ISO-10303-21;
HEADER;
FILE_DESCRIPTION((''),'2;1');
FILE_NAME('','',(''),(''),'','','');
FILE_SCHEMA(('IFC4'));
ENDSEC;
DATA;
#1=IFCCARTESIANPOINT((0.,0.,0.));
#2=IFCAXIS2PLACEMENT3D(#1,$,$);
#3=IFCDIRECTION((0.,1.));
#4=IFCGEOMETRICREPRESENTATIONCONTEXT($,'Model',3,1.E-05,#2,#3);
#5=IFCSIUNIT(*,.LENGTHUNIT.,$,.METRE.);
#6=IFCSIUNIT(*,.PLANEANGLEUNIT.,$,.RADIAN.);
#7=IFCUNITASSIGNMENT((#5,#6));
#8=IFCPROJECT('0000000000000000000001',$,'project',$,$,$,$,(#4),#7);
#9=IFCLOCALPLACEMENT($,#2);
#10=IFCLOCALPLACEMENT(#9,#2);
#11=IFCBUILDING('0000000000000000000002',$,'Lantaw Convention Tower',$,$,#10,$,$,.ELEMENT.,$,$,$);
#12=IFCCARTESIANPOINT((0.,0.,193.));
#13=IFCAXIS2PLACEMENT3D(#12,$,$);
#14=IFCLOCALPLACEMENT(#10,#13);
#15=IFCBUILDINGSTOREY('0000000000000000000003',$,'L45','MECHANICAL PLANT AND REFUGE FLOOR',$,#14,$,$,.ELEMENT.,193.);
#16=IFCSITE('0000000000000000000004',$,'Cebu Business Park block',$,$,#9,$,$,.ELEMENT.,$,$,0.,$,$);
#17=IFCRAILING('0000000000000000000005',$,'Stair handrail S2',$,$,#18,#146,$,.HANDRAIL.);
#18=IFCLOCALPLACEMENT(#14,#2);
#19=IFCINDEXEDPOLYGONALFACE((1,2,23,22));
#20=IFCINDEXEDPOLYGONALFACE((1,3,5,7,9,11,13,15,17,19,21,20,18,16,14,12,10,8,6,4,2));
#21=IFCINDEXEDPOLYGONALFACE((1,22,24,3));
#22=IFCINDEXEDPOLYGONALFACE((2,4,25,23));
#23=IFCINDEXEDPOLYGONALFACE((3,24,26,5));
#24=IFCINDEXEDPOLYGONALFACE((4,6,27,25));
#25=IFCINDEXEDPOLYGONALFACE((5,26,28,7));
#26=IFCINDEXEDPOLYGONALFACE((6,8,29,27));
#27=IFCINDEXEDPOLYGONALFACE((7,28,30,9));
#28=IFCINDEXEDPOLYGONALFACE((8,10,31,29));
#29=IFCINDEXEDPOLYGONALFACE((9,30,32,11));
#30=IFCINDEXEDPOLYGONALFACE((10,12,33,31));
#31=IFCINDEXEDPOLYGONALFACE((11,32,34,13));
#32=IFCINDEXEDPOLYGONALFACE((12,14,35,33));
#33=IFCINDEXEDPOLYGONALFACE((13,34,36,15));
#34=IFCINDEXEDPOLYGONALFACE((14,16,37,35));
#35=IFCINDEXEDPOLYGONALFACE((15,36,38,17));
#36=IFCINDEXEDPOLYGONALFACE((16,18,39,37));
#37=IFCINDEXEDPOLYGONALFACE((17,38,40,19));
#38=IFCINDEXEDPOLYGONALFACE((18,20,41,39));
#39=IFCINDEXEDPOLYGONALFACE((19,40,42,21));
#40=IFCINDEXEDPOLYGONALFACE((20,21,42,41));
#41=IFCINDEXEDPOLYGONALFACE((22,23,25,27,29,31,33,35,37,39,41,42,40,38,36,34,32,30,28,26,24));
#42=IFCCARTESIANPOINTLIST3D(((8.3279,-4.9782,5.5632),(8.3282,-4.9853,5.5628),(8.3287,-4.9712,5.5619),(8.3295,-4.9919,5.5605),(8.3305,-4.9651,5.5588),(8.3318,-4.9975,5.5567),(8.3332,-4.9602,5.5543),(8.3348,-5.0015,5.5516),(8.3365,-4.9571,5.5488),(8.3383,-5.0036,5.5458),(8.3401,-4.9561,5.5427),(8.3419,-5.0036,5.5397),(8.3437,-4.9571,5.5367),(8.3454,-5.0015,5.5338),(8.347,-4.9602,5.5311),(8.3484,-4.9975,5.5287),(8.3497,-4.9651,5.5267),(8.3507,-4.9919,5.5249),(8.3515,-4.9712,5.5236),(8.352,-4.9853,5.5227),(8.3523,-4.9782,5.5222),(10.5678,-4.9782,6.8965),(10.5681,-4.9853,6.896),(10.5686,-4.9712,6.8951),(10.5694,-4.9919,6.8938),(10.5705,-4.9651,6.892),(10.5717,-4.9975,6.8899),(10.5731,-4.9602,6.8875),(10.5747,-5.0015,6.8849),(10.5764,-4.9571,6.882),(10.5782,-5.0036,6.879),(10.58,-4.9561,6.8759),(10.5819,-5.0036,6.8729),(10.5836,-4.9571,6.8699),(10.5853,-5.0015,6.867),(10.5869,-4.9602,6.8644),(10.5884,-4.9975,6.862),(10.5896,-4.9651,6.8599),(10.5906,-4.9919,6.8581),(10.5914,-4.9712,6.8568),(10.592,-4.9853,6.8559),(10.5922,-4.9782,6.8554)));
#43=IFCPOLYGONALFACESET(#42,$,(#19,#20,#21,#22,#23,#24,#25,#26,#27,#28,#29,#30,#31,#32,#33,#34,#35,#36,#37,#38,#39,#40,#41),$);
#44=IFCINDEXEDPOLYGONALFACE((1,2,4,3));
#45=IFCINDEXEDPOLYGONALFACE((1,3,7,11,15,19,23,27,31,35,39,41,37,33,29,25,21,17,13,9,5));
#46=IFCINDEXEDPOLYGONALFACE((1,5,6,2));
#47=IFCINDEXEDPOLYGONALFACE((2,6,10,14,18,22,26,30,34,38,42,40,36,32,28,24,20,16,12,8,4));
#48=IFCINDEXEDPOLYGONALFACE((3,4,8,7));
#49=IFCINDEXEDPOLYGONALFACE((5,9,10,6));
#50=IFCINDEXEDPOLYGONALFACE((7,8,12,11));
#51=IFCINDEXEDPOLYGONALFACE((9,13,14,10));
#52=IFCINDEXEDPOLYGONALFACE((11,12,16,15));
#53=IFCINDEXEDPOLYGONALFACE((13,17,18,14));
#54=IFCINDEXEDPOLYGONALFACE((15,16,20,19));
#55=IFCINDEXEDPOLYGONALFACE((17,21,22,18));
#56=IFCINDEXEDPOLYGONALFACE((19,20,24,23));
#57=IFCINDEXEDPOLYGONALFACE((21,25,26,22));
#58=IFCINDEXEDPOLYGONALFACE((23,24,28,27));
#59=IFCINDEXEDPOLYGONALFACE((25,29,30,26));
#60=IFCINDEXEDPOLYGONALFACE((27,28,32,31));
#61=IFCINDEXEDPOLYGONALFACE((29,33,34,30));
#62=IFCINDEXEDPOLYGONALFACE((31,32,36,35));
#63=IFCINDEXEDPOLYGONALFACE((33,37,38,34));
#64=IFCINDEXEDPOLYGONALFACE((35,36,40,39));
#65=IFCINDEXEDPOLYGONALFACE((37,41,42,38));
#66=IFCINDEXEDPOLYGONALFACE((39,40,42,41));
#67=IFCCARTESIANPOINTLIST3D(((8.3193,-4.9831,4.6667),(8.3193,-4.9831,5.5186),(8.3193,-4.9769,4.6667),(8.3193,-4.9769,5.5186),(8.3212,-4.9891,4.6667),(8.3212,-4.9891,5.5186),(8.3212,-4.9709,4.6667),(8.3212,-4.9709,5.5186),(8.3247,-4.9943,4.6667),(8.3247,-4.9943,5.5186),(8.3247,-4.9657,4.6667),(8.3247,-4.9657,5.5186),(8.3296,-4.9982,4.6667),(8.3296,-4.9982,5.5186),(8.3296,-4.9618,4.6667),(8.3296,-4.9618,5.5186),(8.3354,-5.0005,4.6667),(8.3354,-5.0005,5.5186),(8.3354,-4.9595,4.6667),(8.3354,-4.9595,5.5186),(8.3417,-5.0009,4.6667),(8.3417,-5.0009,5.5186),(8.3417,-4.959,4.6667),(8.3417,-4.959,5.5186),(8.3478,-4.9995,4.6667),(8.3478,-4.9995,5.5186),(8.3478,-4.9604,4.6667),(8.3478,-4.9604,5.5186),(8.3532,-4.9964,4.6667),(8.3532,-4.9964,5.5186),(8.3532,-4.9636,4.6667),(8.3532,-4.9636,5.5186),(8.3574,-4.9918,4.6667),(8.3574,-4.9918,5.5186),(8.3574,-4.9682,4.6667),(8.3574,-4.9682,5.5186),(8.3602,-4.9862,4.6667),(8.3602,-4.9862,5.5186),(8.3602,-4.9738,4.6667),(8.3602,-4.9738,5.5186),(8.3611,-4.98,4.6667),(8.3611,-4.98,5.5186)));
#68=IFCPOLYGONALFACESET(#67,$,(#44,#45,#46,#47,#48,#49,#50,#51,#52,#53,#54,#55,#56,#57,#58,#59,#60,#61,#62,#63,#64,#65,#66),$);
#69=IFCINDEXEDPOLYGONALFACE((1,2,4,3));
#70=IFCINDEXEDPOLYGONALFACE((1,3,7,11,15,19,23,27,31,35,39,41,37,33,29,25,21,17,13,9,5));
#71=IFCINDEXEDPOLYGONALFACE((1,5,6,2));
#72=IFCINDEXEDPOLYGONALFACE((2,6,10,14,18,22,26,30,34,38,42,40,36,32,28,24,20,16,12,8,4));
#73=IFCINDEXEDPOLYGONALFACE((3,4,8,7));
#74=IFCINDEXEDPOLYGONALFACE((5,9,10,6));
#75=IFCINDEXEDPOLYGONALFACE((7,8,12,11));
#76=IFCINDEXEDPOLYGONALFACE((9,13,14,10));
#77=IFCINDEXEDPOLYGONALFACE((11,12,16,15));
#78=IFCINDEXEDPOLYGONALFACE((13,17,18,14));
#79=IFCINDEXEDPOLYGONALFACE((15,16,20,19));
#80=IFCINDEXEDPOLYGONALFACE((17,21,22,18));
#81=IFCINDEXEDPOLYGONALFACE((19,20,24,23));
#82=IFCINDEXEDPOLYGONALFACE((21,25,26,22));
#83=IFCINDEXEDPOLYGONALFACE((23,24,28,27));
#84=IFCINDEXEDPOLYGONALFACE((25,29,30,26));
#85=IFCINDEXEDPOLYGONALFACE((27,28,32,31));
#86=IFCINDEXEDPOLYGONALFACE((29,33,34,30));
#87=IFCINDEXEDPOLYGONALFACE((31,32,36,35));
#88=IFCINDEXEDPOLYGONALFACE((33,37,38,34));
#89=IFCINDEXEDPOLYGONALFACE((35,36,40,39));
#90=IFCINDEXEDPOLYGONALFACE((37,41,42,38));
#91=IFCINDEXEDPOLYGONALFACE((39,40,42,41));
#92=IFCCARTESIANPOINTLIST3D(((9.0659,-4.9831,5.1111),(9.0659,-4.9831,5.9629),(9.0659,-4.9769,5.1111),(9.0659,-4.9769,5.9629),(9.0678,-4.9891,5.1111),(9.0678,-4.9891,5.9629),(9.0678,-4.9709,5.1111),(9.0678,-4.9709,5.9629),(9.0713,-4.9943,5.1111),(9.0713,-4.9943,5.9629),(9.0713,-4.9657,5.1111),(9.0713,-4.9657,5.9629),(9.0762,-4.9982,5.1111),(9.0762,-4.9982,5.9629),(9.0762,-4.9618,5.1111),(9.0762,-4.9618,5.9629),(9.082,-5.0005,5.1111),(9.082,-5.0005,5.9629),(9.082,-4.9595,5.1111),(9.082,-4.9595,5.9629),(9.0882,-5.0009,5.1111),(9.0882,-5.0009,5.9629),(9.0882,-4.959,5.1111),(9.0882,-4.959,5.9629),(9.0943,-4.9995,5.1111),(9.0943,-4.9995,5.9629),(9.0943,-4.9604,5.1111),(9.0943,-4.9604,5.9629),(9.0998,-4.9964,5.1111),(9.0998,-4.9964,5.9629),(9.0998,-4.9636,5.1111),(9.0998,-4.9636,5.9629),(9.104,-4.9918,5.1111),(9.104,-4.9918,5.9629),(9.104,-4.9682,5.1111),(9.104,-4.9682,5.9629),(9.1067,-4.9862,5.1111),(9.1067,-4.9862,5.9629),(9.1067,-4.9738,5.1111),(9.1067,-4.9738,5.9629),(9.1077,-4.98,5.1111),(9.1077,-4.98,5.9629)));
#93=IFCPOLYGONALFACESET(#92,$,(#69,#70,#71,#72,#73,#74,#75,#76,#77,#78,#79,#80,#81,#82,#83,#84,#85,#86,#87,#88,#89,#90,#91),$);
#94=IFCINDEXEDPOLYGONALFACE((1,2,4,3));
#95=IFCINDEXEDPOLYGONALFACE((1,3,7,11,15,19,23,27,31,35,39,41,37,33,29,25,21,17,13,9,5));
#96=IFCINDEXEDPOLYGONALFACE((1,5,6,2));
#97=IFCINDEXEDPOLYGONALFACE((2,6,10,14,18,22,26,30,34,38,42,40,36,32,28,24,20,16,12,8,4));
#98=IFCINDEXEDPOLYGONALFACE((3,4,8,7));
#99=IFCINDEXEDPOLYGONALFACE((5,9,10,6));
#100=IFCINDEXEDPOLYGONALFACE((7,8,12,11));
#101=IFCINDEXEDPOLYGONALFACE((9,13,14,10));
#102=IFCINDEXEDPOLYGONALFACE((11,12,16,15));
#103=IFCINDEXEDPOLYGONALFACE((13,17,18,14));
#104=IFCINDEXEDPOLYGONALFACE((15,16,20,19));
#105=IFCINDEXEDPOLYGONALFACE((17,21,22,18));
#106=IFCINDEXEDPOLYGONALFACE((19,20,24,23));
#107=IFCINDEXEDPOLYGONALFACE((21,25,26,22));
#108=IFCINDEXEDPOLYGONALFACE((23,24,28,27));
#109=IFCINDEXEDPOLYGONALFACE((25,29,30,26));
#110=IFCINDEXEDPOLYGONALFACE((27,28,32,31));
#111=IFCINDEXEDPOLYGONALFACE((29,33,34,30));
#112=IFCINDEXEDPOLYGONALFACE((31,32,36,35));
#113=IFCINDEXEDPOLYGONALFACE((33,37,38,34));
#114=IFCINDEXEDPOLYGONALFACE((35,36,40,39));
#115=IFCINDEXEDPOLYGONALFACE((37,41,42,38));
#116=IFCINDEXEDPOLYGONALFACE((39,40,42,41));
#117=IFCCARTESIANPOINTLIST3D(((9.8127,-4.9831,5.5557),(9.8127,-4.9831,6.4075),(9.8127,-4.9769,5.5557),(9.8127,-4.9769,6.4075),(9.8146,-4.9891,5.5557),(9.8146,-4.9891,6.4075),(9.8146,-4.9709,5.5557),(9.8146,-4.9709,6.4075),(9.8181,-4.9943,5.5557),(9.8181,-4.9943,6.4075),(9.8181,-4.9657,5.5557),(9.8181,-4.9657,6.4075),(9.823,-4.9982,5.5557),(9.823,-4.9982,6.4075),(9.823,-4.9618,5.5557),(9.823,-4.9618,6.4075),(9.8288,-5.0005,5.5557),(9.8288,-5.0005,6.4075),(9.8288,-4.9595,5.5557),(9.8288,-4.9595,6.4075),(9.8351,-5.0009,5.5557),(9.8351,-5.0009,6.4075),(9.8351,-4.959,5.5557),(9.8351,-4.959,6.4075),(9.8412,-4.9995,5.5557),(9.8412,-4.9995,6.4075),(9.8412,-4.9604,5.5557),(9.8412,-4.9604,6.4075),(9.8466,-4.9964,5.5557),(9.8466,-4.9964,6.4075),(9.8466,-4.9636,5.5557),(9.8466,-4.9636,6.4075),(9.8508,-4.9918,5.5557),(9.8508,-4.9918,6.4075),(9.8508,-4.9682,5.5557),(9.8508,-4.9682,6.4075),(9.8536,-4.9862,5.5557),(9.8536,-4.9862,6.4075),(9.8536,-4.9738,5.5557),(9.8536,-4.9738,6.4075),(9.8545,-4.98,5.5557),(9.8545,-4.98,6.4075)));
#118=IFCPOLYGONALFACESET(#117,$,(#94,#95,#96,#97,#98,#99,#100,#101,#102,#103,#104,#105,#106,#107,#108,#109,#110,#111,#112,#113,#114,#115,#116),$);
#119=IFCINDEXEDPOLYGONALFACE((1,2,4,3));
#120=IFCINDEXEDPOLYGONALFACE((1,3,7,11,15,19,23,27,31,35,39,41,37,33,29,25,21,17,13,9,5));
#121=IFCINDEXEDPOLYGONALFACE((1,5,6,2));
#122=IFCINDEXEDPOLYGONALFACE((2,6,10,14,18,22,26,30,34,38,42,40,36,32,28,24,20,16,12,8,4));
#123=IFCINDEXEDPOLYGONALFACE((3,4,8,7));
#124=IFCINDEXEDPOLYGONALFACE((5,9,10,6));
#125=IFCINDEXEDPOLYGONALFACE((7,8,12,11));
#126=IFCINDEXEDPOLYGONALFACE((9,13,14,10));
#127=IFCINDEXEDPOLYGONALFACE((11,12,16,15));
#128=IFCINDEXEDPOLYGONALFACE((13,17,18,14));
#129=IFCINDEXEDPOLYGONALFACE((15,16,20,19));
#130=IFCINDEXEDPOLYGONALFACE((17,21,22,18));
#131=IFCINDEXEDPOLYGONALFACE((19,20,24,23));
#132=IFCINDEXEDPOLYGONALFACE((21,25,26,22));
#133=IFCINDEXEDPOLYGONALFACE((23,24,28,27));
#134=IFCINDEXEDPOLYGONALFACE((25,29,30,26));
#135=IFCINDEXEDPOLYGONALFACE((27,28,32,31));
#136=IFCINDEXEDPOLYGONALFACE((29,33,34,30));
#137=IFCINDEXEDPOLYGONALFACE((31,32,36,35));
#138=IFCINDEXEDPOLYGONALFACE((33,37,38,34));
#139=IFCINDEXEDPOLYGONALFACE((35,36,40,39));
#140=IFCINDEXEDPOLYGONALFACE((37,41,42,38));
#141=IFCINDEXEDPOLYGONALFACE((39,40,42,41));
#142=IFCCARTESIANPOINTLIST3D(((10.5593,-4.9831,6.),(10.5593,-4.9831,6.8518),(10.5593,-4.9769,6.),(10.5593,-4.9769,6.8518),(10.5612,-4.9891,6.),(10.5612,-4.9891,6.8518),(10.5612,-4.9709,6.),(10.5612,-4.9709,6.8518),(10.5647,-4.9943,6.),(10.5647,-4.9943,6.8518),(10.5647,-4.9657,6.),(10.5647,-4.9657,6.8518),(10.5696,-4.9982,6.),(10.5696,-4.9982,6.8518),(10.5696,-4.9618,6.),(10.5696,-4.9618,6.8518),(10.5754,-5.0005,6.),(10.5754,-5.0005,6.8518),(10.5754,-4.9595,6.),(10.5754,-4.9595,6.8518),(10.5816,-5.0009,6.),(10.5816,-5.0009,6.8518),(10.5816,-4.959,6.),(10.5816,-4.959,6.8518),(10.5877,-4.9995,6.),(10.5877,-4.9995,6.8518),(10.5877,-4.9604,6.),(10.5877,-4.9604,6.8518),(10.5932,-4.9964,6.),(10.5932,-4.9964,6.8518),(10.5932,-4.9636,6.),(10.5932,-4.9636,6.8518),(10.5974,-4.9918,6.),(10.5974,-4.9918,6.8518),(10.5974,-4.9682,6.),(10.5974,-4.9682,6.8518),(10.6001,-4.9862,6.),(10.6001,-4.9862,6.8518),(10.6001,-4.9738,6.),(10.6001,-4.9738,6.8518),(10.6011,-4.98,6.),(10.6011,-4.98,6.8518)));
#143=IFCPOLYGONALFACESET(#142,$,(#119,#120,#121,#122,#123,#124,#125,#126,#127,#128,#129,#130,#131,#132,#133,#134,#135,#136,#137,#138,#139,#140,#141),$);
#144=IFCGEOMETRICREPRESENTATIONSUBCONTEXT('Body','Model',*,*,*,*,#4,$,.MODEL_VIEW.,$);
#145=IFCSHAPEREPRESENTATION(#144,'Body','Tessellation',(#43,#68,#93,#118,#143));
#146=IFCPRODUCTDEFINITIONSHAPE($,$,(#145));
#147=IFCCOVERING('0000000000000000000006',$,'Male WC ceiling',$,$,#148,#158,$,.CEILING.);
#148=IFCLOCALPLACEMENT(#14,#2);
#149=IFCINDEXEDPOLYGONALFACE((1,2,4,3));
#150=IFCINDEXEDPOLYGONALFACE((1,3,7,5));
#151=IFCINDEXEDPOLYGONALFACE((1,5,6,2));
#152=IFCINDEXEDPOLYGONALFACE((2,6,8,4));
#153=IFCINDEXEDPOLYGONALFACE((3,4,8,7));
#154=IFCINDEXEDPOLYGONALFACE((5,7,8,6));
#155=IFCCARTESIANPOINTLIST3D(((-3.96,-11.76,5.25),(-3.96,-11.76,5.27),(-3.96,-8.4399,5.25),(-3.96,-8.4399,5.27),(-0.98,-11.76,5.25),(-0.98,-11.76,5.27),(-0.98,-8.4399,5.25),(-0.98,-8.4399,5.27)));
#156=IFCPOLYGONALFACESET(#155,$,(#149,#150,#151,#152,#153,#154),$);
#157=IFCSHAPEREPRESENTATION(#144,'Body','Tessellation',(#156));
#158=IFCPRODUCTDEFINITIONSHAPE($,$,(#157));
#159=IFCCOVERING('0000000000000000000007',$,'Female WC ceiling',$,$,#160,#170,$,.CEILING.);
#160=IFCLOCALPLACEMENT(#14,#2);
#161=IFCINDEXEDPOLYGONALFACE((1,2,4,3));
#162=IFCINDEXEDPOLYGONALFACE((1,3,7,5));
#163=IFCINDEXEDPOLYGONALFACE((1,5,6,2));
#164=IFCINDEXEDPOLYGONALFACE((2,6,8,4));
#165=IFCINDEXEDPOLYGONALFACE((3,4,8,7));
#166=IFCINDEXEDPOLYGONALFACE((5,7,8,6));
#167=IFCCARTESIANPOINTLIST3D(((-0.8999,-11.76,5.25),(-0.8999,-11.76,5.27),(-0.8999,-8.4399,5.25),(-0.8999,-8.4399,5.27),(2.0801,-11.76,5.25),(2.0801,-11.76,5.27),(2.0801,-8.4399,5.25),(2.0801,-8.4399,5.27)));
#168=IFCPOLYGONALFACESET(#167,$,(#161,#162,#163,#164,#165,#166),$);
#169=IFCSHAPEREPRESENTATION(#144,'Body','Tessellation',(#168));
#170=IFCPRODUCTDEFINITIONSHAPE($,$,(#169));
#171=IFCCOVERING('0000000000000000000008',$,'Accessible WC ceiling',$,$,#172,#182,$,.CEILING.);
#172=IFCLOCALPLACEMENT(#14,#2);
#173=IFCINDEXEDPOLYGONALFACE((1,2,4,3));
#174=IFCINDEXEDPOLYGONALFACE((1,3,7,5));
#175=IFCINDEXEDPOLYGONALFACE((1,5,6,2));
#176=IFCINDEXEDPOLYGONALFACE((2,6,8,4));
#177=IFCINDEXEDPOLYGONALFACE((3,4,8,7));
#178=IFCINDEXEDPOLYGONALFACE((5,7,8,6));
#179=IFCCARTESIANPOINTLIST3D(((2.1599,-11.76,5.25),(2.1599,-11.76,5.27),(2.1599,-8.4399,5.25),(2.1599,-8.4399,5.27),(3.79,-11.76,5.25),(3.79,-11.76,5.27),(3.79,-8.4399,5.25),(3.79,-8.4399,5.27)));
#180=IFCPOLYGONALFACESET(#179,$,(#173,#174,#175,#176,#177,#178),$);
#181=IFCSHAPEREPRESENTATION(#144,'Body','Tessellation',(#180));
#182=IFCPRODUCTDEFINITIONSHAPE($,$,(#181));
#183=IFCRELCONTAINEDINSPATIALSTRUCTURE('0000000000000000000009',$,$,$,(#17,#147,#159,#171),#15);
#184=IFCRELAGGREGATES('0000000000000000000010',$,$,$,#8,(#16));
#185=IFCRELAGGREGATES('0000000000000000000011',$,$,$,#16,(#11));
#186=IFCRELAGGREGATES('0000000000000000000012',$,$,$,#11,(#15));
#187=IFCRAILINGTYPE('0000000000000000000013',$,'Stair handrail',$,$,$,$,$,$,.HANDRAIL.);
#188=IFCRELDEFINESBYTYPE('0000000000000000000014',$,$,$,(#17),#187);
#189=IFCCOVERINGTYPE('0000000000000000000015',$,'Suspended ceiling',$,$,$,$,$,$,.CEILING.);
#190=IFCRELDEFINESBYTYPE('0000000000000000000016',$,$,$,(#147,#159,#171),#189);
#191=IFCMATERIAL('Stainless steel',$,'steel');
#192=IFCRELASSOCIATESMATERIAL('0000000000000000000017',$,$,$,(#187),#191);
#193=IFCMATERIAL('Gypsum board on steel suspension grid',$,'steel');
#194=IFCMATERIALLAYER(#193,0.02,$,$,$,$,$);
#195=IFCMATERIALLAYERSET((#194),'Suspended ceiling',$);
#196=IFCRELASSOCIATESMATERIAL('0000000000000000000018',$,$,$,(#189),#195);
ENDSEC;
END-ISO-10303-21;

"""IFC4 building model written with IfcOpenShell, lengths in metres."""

from ifc_helpers import new_model, si_unit, direction, frame, origin, origin_2d, place, context, subcontext, project, spatial, polyline, circle, outline, extrude, material, layer, layer_set, type_object, element, save


model = new_model("IFC4")

# Units and contexts
model_context = context("Model", 3, precision=1e-05, world=origin(), true_north=direction((0.0, 1.0)))
body_context = subcontext(model_context, "Body", "Model", "MODEL_VIEW")
ifc_project = project(units=[si_unit("LENGTHUNIT", "METRE"), si_unit("PLANEANGLEUNIT", "RADIAN")], contexts=[model_context])

# Site, building, storey
site_placement = place(None, origin())
site = spatial("IfcSite", under=ifc_project, at=site_placement, Name="Cebu Business Park block", CompositionType="ELEMENT", RefElevation=0.0)
building_placement = place(site_placement, origin())
building = spatial("IfcBuilding", under=site, at=building_placement, Name="Lantaw Convention Tower", CompositionType="ELEMENT")
storey_placement = place(building_placement, frame((0.0, 0.0, 193.0)))
storey = spatial("IfcBuildingStorey", under=building, at=storey_placement, Name="L45", Description="MECHANICAL PLANT AND REFUGE FLOOR", CompositionType="ELEMENT", Elevation=193.0)

# Railing
ifc_material_1 = material(Name="Stainless steel", Category="steel")
railing_type = type_object("IfcRailingType", Name="Stair handrail", PredefinedType="HANDRAIL", material=ifc_material_1)
railing_1_placement = place(storey_placement, frame((8.3401, -4.98, 4.6667)))
element("IfcRailing", 1, at=railing_1_placement, inside=storey, type_object=railing_type, Name="Stair handrail S2", PredefinedType="HANDRAIL", context=body_context, shape_type="SweptSolid", body=[
    extrude(circle(Radius=0.0239, at=origin_2d()), frame((0.0, 0.0, 0.876), z_axis=(0.859306, 0.0, 0.511462), x_axis=(0.0, 1.0, 0.0)), (0.0, 0.0, 1.0), 2.6067),
    extrude(circle(Radius=0.021, at=origin_2d()), origin(), (0.0, 0.0, 1.0), 0.8518),
    extrude(circle(Radius=0.021, at=origin_2d()), frame((0.7466, 0.0, 0.4443)), (0.0, 0.0, 1.0), 0.8518),
    extrude(circle(Radius=0.021, at=origin_2d()), frame((1.4934, 0.0, 0.8889)), (0.0, 0.0, 1.0), 0.8518),
    extrude(circle(Radius=0.021, at=origin_2d()), frame((2.24, 0.0, 1.3333)), (0.0, 0.0, 1.0), 0.8518),
])

# Coverings
ifc_material_2 = material(Name="Gypsum board on steel suspension grid", Category="steel")
ifc_layer_1 = layer(ifc_material_2, 0.02)
ifc_layer_set_1 = layer_set([ifc_layer_1], Name="Suspended ceiling")
covering_type = type_object("IfcCoveringType", Name="Suspended ceiling", PredefinedType="CEILING", material=ifc_layer_set_1)
covering_1_placement = place(storey_placement, frame((0.0, 0.0, 5.25)))
element("IfcCovering", 2, at=covering_1_placement, inside=storey, type_object=covering_type, Name="Male WC ceiling", PredefinedType="CEILING", context=body_context, shape_type="SweptSolid", body=[
    extrude(outline(polyline([(-3.96, -11.76), (-0.98, -11.76), (-0.98, -8.4399), (-3.96, -8.4399), (-3.96, -11.76)])), origin(), (0.0, 0.0, 1.0), 0.02),
])
covering_2_placement = place(storey_placement, frame((0.0, 0.0, 5.25)))
element("IfcCovering", 3, at=covering_2_placement, inside=storey, type_object=covering_type, Name="Female WC ceiling", PredefinedType="CEILING", context=body_context, shape_type="SweptSolid", body=[
    extrude(outline(polyline([(-0.8999, -11.76), (2.0801, -11.76), (2.0801, -8.4399), (-0.8999, -8.4399), (-0.8999, -11.76)])), origin(), (0.0, 0.0, 1.0), 0.02),
])
covering_3_placement = place(storey_placement, frame((0.0, 0.0, 5.25)))
element("IfcCovering", 4, at=covering_3_placement, inside=storey, type_object=covering_type, Name="Accessible WC ceiling", PredefinedType="CEILING", context=body_context, shape_type="SweptSolid", body=[
    extrude(outline(polyline([(2.1599, -11.76), (3.79, -11.76), (3.79, -8.4399), (2.1599, -8.4399), (2.1599, -11.76)])), origin(), (0.0, 0.0, 1.0), 0.02),
])

save(model, "model.ifc")
